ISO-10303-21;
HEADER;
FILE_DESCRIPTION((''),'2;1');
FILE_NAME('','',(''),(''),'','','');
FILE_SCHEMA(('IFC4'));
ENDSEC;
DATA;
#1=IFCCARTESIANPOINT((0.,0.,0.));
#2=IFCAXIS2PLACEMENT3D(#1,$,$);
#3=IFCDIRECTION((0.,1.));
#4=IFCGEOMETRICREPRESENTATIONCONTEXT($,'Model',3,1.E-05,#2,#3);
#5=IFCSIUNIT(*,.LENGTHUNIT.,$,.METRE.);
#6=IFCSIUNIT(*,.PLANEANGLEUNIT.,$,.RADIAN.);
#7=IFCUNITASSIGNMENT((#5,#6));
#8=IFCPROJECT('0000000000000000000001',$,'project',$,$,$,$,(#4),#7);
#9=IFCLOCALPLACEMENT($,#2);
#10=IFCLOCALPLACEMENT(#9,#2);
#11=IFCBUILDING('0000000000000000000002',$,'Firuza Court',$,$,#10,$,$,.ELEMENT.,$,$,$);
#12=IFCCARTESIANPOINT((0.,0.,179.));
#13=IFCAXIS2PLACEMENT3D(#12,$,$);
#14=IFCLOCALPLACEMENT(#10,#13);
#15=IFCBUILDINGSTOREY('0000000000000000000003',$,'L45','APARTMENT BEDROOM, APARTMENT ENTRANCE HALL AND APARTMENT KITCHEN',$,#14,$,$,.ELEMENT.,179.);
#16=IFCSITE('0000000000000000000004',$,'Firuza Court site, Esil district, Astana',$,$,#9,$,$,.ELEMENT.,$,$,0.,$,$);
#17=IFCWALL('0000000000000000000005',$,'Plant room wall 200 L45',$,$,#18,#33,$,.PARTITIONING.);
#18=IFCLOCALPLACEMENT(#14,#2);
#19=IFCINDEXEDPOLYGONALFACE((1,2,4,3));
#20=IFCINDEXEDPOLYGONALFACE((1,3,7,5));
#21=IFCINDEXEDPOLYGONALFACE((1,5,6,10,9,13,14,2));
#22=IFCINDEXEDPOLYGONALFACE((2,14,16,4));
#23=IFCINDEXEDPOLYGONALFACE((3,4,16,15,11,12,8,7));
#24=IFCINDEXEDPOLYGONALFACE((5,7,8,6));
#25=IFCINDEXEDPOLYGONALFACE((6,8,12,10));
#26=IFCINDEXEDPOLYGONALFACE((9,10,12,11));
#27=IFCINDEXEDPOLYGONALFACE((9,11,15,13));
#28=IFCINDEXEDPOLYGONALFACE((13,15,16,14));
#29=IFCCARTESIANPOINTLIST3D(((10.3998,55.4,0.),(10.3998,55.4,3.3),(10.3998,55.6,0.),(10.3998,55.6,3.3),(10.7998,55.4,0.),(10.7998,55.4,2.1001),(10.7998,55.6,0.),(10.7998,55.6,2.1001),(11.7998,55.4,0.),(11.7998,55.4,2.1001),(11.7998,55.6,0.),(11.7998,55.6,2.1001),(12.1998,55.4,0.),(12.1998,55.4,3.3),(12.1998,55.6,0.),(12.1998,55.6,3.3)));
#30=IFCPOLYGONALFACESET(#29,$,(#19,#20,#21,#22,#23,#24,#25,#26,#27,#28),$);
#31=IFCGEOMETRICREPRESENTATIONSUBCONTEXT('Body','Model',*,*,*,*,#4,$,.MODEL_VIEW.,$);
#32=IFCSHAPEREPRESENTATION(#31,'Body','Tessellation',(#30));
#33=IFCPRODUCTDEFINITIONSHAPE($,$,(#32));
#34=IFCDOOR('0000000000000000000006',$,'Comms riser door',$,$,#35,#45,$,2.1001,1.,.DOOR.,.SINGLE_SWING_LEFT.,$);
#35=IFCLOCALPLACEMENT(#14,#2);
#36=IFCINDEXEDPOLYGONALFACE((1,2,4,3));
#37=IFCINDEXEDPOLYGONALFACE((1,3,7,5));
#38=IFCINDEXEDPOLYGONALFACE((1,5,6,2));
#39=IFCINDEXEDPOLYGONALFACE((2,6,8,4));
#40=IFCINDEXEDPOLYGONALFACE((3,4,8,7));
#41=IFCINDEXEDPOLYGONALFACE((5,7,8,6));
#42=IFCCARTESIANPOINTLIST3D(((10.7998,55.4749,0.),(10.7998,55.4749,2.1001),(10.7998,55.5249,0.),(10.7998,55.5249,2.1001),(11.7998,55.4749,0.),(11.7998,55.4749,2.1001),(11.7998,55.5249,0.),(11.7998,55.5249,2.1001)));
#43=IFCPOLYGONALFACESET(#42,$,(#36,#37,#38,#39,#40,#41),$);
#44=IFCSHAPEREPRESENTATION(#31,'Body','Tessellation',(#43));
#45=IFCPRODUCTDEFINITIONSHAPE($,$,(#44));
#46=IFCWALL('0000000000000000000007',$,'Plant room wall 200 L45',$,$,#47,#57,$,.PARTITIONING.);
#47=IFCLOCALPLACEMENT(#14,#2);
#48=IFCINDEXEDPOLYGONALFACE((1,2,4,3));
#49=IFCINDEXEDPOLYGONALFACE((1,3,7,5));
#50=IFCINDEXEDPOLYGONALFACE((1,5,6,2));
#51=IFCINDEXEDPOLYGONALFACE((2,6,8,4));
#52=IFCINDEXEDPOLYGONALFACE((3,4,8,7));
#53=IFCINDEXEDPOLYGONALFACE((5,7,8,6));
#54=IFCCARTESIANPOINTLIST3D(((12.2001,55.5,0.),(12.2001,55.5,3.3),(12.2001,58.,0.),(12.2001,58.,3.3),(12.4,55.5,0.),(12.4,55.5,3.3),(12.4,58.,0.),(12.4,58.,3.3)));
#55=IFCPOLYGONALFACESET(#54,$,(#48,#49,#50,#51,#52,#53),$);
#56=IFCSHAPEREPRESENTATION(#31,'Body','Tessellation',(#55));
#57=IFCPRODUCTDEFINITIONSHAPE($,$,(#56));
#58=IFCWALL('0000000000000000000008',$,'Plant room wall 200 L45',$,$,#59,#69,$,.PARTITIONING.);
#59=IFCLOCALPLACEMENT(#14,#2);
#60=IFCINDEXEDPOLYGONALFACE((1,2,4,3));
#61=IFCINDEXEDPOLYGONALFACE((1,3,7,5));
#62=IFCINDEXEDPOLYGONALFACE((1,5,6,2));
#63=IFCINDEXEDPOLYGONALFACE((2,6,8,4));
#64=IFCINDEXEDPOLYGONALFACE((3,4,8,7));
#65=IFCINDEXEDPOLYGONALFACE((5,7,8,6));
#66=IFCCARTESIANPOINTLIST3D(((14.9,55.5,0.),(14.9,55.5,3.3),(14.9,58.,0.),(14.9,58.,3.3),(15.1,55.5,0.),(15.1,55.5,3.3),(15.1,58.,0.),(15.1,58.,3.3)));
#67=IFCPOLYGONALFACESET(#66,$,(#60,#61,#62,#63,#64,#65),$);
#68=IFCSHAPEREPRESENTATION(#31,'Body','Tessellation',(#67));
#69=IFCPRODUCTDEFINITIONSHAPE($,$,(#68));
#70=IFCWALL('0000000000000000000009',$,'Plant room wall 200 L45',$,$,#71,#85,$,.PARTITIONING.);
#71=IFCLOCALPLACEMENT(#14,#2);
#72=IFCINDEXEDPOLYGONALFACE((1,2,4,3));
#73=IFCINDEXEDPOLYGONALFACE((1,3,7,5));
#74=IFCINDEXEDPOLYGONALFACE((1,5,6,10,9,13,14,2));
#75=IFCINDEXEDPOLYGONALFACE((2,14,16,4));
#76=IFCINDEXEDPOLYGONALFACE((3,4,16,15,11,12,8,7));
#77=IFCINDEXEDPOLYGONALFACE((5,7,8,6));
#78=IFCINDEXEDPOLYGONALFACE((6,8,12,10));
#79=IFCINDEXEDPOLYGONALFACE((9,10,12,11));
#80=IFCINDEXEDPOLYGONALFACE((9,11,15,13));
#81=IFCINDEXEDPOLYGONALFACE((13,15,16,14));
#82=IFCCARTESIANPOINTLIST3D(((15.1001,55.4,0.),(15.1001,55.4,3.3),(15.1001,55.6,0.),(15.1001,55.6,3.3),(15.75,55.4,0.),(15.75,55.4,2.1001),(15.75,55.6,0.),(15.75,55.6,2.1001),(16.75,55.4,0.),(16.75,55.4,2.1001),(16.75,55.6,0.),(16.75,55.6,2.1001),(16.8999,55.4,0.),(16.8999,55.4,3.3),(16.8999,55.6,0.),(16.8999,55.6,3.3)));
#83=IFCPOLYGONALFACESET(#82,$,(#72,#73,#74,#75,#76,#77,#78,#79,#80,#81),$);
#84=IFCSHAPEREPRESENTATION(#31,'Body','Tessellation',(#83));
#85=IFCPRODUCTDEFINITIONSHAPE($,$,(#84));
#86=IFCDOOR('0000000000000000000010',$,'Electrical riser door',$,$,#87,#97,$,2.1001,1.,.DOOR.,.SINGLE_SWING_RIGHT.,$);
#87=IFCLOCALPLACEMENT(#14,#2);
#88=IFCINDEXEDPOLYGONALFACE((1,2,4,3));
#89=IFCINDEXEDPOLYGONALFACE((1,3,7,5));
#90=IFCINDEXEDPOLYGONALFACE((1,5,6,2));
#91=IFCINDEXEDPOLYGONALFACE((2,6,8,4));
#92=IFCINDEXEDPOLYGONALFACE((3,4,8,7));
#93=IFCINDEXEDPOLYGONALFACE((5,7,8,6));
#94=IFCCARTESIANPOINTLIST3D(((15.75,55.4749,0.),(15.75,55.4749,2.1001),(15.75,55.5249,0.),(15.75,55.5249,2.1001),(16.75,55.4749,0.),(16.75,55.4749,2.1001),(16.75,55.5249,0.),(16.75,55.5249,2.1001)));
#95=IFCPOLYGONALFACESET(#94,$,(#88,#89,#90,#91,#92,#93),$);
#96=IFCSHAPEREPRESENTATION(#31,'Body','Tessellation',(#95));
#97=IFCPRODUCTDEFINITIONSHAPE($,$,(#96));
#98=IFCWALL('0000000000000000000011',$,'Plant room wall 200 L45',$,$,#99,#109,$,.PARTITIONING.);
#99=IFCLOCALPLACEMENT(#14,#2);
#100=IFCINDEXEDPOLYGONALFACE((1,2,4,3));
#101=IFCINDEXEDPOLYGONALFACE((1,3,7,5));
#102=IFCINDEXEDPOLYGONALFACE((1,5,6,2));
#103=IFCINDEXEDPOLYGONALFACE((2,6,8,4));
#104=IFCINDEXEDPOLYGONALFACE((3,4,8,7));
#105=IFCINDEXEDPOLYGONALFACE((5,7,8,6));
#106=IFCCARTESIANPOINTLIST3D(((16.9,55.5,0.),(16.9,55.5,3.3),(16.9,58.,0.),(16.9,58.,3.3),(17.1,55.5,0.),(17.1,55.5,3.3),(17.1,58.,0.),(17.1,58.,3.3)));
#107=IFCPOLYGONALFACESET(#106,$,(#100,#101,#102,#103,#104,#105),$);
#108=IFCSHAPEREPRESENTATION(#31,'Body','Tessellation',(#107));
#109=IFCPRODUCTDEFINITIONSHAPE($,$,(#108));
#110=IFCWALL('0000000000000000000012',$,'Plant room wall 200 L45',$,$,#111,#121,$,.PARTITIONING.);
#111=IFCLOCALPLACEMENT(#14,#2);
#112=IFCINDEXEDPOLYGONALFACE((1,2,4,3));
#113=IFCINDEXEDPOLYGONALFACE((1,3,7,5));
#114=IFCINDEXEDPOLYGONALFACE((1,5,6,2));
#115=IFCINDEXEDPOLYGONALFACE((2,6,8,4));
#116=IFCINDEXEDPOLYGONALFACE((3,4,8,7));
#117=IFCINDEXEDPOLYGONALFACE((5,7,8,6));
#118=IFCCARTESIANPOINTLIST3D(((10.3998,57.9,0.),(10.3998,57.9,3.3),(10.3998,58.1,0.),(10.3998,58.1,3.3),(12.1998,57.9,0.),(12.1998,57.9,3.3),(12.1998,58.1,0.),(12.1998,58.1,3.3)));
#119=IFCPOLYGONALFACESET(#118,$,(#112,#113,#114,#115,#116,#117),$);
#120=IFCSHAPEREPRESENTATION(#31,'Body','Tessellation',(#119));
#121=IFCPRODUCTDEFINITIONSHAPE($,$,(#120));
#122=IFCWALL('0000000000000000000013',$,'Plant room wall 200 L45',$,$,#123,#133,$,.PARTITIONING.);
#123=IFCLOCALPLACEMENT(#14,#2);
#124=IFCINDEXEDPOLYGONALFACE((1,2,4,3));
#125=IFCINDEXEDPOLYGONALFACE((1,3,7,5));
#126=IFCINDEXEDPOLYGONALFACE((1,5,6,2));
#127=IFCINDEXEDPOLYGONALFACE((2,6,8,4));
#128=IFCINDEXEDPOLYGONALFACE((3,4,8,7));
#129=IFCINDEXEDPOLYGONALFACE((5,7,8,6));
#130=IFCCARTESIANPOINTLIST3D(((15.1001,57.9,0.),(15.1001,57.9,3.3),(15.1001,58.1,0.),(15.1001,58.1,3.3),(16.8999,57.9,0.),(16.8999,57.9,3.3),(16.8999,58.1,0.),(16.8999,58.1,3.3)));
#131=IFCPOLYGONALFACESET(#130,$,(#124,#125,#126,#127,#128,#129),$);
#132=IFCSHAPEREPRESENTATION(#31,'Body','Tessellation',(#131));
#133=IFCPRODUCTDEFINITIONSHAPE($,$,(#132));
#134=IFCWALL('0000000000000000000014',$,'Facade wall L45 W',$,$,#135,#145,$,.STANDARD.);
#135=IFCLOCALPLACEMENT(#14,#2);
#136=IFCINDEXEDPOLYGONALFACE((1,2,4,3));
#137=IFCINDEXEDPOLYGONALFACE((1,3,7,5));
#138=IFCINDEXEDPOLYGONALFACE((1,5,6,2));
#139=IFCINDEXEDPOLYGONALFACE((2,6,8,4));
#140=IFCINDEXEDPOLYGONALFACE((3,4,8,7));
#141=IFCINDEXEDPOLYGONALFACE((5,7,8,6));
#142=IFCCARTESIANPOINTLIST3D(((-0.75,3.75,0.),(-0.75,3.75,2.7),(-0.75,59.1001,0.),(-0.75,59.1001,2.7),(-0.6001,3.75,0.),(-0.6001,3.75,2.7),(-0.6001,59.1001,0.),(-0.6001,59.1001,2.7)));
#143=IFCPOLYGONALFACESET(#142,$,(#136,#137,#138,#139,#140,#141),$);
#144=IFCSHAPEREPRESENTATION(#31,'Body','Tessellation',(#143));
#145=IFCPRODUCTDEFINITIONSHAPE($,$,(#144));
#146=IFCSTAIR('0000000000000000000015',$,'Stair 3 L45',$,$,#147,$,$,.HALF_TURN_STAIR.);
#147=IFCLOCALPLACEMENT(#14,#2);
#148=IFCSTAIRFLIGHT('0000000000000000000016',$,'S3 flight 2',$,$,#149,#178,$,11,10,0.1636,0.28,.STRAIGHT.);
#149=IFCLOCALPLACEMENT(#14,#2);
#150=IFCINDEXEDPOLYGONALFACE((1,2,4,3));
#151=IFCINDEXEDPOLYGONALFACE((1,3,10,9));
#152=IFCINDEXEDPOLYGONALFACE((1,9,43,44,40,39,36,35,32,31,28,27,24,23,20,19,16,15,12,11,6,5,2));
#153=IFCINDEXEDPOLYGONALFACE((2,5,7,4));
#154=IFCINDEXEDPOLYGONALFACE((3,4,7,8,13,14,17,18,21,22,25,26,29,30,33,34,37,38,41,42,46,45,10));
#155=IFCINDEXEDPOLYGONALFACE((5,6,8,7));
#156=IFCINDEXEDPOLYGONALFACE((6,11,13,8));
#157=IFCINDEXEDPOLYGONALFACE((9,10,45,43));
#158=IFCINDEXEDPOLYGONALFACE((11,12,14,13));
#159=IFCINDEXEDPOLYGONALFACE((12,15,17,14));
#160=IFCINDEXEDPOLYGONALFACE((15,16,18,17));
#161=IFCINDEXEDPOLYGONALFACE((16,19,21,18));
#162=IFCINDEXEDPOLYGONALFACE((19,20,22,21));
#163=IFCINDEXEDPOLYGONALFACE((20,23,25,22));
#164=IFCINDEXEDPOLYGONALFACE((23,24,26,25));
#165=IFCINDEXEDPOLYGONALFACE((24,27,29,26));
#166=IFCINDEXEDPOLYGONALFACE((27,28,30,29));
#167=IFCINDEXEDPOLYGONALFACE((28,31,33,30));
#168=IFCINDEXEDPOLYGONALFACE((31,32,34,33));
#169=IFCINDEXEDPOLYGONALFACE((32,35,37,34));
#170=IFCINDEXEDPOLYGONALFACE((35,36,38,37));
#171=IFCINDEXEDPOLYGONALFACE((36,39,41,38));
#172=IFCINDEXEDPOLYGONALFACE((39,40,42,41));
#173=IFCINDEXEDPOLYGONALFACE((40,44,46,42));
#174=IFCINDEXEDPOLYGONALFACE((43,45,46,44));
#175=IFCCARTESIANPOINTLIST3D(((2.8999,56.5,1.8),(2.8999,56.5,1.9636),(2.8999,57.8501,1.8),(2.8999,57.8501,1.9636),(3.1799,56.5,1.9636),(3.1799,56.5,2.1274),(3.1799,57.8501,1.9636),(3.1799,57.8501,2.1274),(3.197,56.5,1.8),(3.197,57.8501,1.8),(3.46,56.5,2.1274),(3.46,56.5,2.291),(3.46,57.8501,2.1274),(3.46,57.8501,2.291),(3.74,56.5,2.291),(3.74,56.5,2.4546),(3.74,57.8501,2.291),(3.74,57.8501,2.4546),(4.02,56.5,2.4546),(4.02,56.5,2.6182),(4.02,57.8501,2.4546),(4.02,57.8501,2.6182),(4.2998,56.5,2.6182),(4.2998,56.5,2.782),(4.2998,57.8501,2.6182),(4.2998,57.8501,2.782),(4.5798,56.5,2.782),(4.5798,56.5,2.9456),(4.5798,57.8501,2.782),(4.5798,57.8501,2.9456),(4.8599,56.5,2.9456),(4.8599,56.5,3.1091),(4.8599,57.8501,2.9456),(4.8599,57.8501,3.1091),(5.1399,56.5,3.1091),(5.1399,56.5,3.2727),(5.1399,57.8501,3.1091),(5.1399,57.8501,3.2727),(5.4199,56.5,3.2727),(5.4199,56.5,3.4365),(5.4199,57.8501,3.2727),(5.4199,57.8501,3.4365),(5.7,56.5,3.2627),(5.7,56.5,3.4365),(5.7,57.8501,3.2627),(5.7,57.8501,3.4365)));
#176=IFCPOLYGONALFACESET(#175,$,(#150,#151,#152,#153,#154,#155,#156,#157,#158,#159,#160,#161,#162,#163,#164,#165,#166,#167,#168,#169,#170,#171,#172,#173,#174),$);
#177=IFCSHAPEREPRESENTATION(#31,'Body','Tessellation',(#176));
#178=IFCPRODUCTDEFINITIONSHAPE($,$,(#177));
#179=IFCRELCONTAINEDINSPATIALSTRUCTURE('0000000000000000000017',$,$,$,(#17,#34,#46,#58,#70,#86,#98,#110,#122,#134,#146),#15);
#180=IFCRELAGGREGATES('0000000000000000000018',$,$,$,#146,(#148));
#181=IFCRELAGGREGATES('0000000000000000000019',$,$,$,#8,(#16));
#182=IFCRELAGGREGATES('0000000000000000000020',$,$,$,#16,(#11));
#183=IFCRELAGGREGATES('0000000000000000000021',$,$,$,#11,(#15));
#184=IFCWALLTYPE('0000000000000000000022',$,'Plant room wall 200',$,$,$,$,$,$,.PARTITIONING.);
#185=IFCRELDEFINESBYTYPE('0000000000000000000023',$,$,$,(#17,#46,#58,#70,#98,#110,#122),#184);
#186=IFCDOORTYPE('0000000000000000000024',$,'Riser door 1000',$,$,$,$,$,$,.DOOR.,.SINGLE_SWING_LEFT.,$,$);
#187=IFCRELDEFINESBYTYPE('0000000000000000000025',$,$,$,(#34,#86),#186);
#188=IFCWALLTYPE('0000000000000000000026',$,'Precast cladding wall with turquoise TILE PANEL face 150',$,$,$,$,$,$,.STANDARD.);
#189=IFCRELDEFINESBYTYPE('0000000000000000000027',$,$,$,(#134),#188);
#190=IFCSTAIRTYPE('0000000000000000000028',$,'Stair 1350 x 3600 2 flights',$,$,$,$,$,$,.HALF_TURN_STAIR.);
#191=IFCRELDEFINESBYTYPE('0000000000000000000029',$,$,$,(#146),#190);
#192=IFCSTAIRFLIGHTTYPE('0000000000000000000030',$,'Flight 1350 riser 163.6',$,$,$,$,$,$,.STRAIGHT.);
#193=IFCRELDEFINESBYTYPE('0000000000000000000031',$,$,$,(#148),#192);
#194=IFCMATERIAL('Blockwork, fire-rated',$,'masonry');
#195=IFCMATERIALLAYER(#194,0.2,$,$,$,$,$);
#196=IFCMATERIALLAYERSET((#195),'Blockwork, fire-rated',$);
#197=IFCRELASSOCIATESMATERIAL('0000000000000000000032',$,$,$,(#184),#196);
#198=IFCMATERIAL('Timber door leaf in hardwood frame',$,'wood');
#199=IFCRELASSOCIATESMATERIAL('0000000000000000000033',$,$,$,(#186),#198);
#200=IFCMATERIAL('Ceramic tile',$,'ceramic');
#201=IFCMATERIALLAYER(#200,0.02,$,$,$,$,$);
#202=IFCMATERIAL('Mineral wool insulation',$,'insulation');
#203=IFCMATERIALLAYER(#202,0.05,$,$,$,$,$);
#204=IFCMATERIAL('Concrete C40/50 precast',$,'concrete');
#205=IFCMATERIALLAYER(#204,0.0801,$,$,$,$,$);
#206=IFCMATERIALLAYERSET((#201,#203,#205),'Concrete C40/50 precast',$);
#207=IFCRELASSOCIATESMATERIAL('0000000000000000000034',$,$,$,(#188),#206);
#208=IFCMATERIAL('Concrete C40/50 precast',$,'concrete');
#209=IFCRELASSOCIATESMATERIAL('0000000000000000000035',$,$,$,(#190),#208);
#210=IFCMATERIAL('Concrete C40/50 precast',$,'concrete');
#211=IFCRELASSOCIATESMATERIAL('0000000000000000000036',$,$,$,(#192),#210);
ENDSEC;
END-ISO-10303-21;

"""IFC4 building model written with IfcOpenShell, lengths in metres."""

from ifc_helpers import new_model, si_unit, direction, frame, frame_2d, origin, place, context, subcontext, project, spatial, polyline, rectangle, outline, extrude, material, layer, layer_set, type_object, element, fill, aggregate, save


model = new_model("IFC4")

# Units and contexts
model_context = context("Model", 3, precision=1e-05, world=origin(), true_north=direction((0.0, 1.0)))
body_context = subcontext(model_context, "Body", "Model", "MODEL_VIEW")
ifc_project = project(units=[si_unit("LENGTHUNIT", "METRE"), si_unit("PLANEANGLEUNIT", "RADIAN")], contexts=[model_context])

# Site, building, storey
site_placement = place(None, origin())
site = spatial("IfcSite", under=ifc_project, at=site_placement, Name="Firuza Court site, Esil district, Astana", CompositionType="ELEMENT", RefElevation=0.0)
building_placement = place(site_placement, origin())
building = spatial("IfcBuilding", under=site, at=building_placement, Name="Firuza Court", CompositionType="ELEMENT")
storey_placement = place(building_placement, frame((0.0, 0.0, 179.0)))
storey = spatial("IfcBuildingStorey", under=building, at=storey_placement, Name="L45", Description="APARTMENT BEDROOM, APARTMENT ENTRANCE HALL AND APARTMENT KITCHEN", CompositionType="ELEMENT", Elevation=179.0)

# Shared definitions
ifc_material_1 = material(Name="Blockwork, fire-rated", Category="masonry")
ifc_layer_1 = layer(ifc_material_1, 0.2)
ifc_layer_set_1 = layer_set([ifc_layer_1], Name="Blockwork, fire-rated")
wall_type_1 = type_object("IfcWallType", Name="Plant room wall 200", PredefinedType="PARTITIONING", material=ifc_layer_set_1)

# Wall, opening, door
wall_1_placement = place(storey_placement, frame((10.3999, 55.5, 0.0), z_axis=(0.0, 0.0, 1.0), x_axis=(1.0, 0.0, 0.0)))
wall_1 = element("IfcWall", 1, at=wall_1_placement, inside=storey, type_object=wall_type_1, Name="Plant room wall 200 L45", PredefinedType="PARTITIONING", context=body_context, shape_type="SweptSolid", body=[
    extrude(rectangle(XDim=1.8, YDim=0.2, at=frame_2d((0.8999, 0.0))), origin(), (0.0, 0.0, 1.0), 3.3),
])
opening_1_placement = place(wall_1_placement, frame((0.3999, 0.0, 0.0)))
opening_1 = element("IfcOpeningElement", 2, at=opening_1_placement, cuts=wall_1, PredefinedType="OPENING", context=body_context, shape_type="SweptSolid", body=[
    extrude(rectangle(XDim=1.0, YDim=2.1001, at=frame_2d((0.5, 1.05))), frame((0.0, 0.1118, 0.0), z_axis=(0.0, -1.0, 0.0), x_axis=(1.0, 0.0, 0.0)), (0.0, 0.0, 1.0), 0.2239),
])
ifc_material_2 = material(Name="Timber door leaf in hardwood frame", Category="wood")
door_type = type_object("IfcDoorType", Name="Riser door 1000", OperationType="SINGLE_SWING_LEFT", PredefinedType="DOOR", material=ifc_material_2)
door_1_placement = place(opening_1_placement, origin())
door_1 = element("IfcDoor", 3, at=door_1_placement, inside=storey, type_object=door_type, Name="Comms riser door", OperationType="SINGLE_SWING_LEFT", OverallHeight=2.1001, OverallWidth=1.0, PredefinedType="DOOR", context=body_context, shape_type="SweptSolid", body=[
    extrude(rectangle(XDim=1.0, YDim=2.1001, at=frame_2d((0.5, 1.05))), frame((0.0, 0.0249, 0.0), z_axis=(0.0, -1.0, 0.0), x_axis=(1.0, 0.0, 0.0)), (0.0, 0.0, 1.0), 0.05),
])
fill(opening_1, door_1)

# Walls
for number, where, z_axis, x_axis, name in (
    (4, (12.3, 55.5, 0.0), (0.0, 0.0, 1.0), (0.0, 1.0, 0.0), "Plant room wall 200 L45"),
    (5, (15.0, 55.5, 0.0), (0.0, 0.0, 1.0), (0.0, 1.0, 0.0), "Plant room wall 200 L45"),
):
    element("IfcWall", number, at=place(storey_placement, frame(where, z_axis=z_axis, x_axis=x_axis)), inside=storey, type_object=wall_type_1, Name=name, PredefinedType="PARTITIONING", context=body_context, shape_type="SweptSolid", body=[
        extrude(rectangle(XDim=2.5, YDim=0.2, at=frame_2d((1.25, 0.0))), origin(), (0.0, 0.0, 1.0), 3.3),
    ])

# Wall, opening, door
wall_2_placement = place(storey_placement, frame((15.1001, 55.5, 0.0), z_axis=(0.0, 0.0, 1.0), x_axis=(1.0, 0.0, 0.0)))
wall_2 = element("IfcWall", 6, at=wall_2_placement, inside=storey, type_object=wall_type_1, Name="Plant room wall 200 L45", PredefinedType="PARTITIONING", context=body_context, shape_type="SweptSolid", body=[
    extrude(rectangle(XDim=1.7998, YDim=0.2, at=frame_2d((0.8999, 0.0))), origin(), (0.0, 0.0, 1.0), 3.3),
])
opening_2_placement = place(wall_2_placement, frame((0.6499, 0.0, 0.0)))
opening_2 = element("IfcOpeningElement", 7, at=opening_2_placement, cuts=wall_2, PredefinedType="OPENING", context=body_context, shape_type="SweptSolid", body=[
    extrude(rectangle(XDim=1.0, YDim=2.1001, at=frame_2d((0.5, 1.05))), frame((0.0, 0.1118, 0.0), z_axis=(0.0, -1.0, 0.0), x_axis=(1.0, 0.0, 0.0)), (0.0, 0.0, 1.0), 0.2239),
])
door_2_placement = place(opening_2_placement, origin())
door_2 = element("IfcDoor", 8, at=door_2_placement, inside=storey, type_object=door_type, Name="Electrical riser door", OperationType="SINGLE_SWING_RIGHT", OverallHeight=2.1001, OverallWidth=1.0, PredefinedType="DOOR", context=body_context, shape_type="SweptSolid", body=[
    extrude(rectangle(XDim=1.0, YDim=2.1001, at=frame_2d((0.5, 1.05))), frame((0.0, 0.0249, 0.0), z_axis=(0.0, -1.0, 0.0), x_axis=(1.0, 0.0, 0.0)), (0.0, 0.0, 1.0), 0.05),
])
fill(opening_2, door_2)

# Walls
wall_3_placement = place(storey_placement, frame((17.0, 55.5, 0.0), z_axis=(0.0, 0.0, 1.0), x_axis=(0.0, 1.0, 0.0)))
element("IfcWall", 9, at=wall_3_placement, inside=storey, type_object=wall_type_1, Name="Plant room wall 200 L45", PredefinedType="PARTITIONING", context=body_context, shape_type="SweptSolid", body=[
    extrude(rectangle(XDim=2.5, YDim=0.2, at=frame_2d((1.25, 0.0))), origin(), (0.0, 0.0, 1.0), 3.3),
])
wall_4_placement = place(storey_placement, frame((10.3999, 58.0, 0.0), z_axis=(0.0, 0.0, 1.0), x_axis=(1.0, 0.0, 0.0)))
element("IfcWall", 10, at=wall_4_placement, inside=storey, type_object=wall_type_1, Name="Plant room wall 200 L45", PredefinedType="PARTITIONING", context=body_context, shape_type="SweptSolid", body=[
    extrude(rectangle(XDim=1.8, YDim=0.2, at=frame_2d((0.8999, 0.0))), origin(), (0.0, 0.0, 1.0), 3.3),
])
wall_5_placement = place(storey_placement, frame((15.1001, 58.0, 0.0), z_axis=(0.0, 0.0, 1.0), x_axis=(1.0, 0.0, 0.0)))
element("IfcWall", 11, at=wall_5_placement, inside=storey, type_object=wall_type_1, Name="Plant room wall 200 L45", PredefinedType="PARTITIONING", context=body_context, shape_type="SweptSolid", body=[
    extrude(rectangle(XDim=1.7998, YDim=0.2, at=frame_2d((0.8999, 0.0))), origin(), (0.0, 0.0, 1.0), 3.3),
])
ifc_material_3 = material(Name="Ceramic tile", Category="ceramic")
ifc_layer_2 = layer(ifc_material_3, 0.02)
ifc_material_4 = material(Name="Mineral wool insulation", Category="insulation")
ifc_layer_3 = layer(ifc_material_4, 0.05)
ifc_material_5 = material(Name="Concrete C40/50 precast", Category="concrete")
ifc_layer_4 = layer(ifc_material_5, 0.0801)
ifc_layer_set_2 = layer_set([ifc_layer_2, ifc_layer_3, ifc_layer_4], Name="Concrete C40/50 precast")
wall_type_2 = type_object("IfcWallType", Name="Precast cladding wall with turquoise TILE PANEL face 150", PredefinedType="STANDARD", material=ifc_layer_set_2)
wall_6_placement = place(storey_placement, frame((-0.675, 59.1001, 0.0), z_axis=(0.0, 0.0, 1.0), x_axis=(0.0, -1.0, 0.0)))
element("IfcWall", 12, at=wall_6_placement, inside=storey, type_object=wall_type_2, Name="Facade wall L45 W", PredefinedType="STANDARD", context=body_context, shape_type="SweptSolid", body=[
    extrude(rectangle(XDim=55.3501, YDim=0.1499, at=frame_2d((27.675, 0.0))), origin(), (0.0, 0.0, 1.0), 2.7),
])

# Stair, stair flight
ifc_material_6 = material(Name="Concrete C40/50 precast", Category="concrete")
stair_type = type_object("IfcStairType", Name="Stair 1350 x 3600 2 flights", PredefinedType="HALF_TURN_STAIR", material=ifc_material_6)
stair_placement = place(storey_placement, origin())
stair = element("IfcStair", 13, at=stair_placement, inside=storey, type_object=stair_type, Name="Stair 3 L45", PredefinedType="HALF_TURN_STAIR")
ifc_material_7 = material(Name="Concrete C40/50 precast", Category="concrete")
stair_flight_type = type_object("IfcStairFlightType", Name="Flight 1350 riser 163.6", PredefinedType="STRAIGHT", material=ifc_material_7)
stair_flight_placement = place(storey_placement, frame((2.8999, 57.175, 1.8), z_axis=(0.0, 0.0, 1.0), x_axis=(1.0, 0.0, 0.0)))
stair_flight = element("IfcStairFlight", 14, at=stair_flight_placement, type_object=stair_flight_type, Name="S3 flight 2", NumberOfRisers=11, NumberOfTreads=10, PredefinedType="STRAIGHT", RiserHeight=0.1636, TreadLength=0.28, context=body_context, shape_type="SweptSolid", body=[
    extrude(outline(polyline([(0.0, 0.0), (0.0, 0.1636), (0.28, 0.1636), (0.28, 0.3274), (0.5601, 0.3274), (0.5601, 0.491), (0.8401, 0.491), (0.8401, 0.6545), (1.1201, 0.6545), (1.1201, 0.8181), (1.3999, 0.8181), (1.3999, 0.9819), (1.6799, 0.9819), (1.6799, 1.1455), (1.96, 1.1455), (1.96, 1.3091), (2.24, 1.3091), (2.24, 1.4727), (2.52, 1.4727), (2.52, 1.6365), (2.8, 1.6365), (2.8, 1.8), (2.8, 1.4626), (0.2971, 0.0), (0.0, 0.0)])), frame((0.0, 0.675, 0.0), z_axis=(0.0, -1.0, 0.0), x_axis=(1.0, 0.0, 0.0)), (0.0, 0.0, 1.0), 1.3501),
])
aggregate(stair, [stair_flight])

save(model, "model.ifc")
